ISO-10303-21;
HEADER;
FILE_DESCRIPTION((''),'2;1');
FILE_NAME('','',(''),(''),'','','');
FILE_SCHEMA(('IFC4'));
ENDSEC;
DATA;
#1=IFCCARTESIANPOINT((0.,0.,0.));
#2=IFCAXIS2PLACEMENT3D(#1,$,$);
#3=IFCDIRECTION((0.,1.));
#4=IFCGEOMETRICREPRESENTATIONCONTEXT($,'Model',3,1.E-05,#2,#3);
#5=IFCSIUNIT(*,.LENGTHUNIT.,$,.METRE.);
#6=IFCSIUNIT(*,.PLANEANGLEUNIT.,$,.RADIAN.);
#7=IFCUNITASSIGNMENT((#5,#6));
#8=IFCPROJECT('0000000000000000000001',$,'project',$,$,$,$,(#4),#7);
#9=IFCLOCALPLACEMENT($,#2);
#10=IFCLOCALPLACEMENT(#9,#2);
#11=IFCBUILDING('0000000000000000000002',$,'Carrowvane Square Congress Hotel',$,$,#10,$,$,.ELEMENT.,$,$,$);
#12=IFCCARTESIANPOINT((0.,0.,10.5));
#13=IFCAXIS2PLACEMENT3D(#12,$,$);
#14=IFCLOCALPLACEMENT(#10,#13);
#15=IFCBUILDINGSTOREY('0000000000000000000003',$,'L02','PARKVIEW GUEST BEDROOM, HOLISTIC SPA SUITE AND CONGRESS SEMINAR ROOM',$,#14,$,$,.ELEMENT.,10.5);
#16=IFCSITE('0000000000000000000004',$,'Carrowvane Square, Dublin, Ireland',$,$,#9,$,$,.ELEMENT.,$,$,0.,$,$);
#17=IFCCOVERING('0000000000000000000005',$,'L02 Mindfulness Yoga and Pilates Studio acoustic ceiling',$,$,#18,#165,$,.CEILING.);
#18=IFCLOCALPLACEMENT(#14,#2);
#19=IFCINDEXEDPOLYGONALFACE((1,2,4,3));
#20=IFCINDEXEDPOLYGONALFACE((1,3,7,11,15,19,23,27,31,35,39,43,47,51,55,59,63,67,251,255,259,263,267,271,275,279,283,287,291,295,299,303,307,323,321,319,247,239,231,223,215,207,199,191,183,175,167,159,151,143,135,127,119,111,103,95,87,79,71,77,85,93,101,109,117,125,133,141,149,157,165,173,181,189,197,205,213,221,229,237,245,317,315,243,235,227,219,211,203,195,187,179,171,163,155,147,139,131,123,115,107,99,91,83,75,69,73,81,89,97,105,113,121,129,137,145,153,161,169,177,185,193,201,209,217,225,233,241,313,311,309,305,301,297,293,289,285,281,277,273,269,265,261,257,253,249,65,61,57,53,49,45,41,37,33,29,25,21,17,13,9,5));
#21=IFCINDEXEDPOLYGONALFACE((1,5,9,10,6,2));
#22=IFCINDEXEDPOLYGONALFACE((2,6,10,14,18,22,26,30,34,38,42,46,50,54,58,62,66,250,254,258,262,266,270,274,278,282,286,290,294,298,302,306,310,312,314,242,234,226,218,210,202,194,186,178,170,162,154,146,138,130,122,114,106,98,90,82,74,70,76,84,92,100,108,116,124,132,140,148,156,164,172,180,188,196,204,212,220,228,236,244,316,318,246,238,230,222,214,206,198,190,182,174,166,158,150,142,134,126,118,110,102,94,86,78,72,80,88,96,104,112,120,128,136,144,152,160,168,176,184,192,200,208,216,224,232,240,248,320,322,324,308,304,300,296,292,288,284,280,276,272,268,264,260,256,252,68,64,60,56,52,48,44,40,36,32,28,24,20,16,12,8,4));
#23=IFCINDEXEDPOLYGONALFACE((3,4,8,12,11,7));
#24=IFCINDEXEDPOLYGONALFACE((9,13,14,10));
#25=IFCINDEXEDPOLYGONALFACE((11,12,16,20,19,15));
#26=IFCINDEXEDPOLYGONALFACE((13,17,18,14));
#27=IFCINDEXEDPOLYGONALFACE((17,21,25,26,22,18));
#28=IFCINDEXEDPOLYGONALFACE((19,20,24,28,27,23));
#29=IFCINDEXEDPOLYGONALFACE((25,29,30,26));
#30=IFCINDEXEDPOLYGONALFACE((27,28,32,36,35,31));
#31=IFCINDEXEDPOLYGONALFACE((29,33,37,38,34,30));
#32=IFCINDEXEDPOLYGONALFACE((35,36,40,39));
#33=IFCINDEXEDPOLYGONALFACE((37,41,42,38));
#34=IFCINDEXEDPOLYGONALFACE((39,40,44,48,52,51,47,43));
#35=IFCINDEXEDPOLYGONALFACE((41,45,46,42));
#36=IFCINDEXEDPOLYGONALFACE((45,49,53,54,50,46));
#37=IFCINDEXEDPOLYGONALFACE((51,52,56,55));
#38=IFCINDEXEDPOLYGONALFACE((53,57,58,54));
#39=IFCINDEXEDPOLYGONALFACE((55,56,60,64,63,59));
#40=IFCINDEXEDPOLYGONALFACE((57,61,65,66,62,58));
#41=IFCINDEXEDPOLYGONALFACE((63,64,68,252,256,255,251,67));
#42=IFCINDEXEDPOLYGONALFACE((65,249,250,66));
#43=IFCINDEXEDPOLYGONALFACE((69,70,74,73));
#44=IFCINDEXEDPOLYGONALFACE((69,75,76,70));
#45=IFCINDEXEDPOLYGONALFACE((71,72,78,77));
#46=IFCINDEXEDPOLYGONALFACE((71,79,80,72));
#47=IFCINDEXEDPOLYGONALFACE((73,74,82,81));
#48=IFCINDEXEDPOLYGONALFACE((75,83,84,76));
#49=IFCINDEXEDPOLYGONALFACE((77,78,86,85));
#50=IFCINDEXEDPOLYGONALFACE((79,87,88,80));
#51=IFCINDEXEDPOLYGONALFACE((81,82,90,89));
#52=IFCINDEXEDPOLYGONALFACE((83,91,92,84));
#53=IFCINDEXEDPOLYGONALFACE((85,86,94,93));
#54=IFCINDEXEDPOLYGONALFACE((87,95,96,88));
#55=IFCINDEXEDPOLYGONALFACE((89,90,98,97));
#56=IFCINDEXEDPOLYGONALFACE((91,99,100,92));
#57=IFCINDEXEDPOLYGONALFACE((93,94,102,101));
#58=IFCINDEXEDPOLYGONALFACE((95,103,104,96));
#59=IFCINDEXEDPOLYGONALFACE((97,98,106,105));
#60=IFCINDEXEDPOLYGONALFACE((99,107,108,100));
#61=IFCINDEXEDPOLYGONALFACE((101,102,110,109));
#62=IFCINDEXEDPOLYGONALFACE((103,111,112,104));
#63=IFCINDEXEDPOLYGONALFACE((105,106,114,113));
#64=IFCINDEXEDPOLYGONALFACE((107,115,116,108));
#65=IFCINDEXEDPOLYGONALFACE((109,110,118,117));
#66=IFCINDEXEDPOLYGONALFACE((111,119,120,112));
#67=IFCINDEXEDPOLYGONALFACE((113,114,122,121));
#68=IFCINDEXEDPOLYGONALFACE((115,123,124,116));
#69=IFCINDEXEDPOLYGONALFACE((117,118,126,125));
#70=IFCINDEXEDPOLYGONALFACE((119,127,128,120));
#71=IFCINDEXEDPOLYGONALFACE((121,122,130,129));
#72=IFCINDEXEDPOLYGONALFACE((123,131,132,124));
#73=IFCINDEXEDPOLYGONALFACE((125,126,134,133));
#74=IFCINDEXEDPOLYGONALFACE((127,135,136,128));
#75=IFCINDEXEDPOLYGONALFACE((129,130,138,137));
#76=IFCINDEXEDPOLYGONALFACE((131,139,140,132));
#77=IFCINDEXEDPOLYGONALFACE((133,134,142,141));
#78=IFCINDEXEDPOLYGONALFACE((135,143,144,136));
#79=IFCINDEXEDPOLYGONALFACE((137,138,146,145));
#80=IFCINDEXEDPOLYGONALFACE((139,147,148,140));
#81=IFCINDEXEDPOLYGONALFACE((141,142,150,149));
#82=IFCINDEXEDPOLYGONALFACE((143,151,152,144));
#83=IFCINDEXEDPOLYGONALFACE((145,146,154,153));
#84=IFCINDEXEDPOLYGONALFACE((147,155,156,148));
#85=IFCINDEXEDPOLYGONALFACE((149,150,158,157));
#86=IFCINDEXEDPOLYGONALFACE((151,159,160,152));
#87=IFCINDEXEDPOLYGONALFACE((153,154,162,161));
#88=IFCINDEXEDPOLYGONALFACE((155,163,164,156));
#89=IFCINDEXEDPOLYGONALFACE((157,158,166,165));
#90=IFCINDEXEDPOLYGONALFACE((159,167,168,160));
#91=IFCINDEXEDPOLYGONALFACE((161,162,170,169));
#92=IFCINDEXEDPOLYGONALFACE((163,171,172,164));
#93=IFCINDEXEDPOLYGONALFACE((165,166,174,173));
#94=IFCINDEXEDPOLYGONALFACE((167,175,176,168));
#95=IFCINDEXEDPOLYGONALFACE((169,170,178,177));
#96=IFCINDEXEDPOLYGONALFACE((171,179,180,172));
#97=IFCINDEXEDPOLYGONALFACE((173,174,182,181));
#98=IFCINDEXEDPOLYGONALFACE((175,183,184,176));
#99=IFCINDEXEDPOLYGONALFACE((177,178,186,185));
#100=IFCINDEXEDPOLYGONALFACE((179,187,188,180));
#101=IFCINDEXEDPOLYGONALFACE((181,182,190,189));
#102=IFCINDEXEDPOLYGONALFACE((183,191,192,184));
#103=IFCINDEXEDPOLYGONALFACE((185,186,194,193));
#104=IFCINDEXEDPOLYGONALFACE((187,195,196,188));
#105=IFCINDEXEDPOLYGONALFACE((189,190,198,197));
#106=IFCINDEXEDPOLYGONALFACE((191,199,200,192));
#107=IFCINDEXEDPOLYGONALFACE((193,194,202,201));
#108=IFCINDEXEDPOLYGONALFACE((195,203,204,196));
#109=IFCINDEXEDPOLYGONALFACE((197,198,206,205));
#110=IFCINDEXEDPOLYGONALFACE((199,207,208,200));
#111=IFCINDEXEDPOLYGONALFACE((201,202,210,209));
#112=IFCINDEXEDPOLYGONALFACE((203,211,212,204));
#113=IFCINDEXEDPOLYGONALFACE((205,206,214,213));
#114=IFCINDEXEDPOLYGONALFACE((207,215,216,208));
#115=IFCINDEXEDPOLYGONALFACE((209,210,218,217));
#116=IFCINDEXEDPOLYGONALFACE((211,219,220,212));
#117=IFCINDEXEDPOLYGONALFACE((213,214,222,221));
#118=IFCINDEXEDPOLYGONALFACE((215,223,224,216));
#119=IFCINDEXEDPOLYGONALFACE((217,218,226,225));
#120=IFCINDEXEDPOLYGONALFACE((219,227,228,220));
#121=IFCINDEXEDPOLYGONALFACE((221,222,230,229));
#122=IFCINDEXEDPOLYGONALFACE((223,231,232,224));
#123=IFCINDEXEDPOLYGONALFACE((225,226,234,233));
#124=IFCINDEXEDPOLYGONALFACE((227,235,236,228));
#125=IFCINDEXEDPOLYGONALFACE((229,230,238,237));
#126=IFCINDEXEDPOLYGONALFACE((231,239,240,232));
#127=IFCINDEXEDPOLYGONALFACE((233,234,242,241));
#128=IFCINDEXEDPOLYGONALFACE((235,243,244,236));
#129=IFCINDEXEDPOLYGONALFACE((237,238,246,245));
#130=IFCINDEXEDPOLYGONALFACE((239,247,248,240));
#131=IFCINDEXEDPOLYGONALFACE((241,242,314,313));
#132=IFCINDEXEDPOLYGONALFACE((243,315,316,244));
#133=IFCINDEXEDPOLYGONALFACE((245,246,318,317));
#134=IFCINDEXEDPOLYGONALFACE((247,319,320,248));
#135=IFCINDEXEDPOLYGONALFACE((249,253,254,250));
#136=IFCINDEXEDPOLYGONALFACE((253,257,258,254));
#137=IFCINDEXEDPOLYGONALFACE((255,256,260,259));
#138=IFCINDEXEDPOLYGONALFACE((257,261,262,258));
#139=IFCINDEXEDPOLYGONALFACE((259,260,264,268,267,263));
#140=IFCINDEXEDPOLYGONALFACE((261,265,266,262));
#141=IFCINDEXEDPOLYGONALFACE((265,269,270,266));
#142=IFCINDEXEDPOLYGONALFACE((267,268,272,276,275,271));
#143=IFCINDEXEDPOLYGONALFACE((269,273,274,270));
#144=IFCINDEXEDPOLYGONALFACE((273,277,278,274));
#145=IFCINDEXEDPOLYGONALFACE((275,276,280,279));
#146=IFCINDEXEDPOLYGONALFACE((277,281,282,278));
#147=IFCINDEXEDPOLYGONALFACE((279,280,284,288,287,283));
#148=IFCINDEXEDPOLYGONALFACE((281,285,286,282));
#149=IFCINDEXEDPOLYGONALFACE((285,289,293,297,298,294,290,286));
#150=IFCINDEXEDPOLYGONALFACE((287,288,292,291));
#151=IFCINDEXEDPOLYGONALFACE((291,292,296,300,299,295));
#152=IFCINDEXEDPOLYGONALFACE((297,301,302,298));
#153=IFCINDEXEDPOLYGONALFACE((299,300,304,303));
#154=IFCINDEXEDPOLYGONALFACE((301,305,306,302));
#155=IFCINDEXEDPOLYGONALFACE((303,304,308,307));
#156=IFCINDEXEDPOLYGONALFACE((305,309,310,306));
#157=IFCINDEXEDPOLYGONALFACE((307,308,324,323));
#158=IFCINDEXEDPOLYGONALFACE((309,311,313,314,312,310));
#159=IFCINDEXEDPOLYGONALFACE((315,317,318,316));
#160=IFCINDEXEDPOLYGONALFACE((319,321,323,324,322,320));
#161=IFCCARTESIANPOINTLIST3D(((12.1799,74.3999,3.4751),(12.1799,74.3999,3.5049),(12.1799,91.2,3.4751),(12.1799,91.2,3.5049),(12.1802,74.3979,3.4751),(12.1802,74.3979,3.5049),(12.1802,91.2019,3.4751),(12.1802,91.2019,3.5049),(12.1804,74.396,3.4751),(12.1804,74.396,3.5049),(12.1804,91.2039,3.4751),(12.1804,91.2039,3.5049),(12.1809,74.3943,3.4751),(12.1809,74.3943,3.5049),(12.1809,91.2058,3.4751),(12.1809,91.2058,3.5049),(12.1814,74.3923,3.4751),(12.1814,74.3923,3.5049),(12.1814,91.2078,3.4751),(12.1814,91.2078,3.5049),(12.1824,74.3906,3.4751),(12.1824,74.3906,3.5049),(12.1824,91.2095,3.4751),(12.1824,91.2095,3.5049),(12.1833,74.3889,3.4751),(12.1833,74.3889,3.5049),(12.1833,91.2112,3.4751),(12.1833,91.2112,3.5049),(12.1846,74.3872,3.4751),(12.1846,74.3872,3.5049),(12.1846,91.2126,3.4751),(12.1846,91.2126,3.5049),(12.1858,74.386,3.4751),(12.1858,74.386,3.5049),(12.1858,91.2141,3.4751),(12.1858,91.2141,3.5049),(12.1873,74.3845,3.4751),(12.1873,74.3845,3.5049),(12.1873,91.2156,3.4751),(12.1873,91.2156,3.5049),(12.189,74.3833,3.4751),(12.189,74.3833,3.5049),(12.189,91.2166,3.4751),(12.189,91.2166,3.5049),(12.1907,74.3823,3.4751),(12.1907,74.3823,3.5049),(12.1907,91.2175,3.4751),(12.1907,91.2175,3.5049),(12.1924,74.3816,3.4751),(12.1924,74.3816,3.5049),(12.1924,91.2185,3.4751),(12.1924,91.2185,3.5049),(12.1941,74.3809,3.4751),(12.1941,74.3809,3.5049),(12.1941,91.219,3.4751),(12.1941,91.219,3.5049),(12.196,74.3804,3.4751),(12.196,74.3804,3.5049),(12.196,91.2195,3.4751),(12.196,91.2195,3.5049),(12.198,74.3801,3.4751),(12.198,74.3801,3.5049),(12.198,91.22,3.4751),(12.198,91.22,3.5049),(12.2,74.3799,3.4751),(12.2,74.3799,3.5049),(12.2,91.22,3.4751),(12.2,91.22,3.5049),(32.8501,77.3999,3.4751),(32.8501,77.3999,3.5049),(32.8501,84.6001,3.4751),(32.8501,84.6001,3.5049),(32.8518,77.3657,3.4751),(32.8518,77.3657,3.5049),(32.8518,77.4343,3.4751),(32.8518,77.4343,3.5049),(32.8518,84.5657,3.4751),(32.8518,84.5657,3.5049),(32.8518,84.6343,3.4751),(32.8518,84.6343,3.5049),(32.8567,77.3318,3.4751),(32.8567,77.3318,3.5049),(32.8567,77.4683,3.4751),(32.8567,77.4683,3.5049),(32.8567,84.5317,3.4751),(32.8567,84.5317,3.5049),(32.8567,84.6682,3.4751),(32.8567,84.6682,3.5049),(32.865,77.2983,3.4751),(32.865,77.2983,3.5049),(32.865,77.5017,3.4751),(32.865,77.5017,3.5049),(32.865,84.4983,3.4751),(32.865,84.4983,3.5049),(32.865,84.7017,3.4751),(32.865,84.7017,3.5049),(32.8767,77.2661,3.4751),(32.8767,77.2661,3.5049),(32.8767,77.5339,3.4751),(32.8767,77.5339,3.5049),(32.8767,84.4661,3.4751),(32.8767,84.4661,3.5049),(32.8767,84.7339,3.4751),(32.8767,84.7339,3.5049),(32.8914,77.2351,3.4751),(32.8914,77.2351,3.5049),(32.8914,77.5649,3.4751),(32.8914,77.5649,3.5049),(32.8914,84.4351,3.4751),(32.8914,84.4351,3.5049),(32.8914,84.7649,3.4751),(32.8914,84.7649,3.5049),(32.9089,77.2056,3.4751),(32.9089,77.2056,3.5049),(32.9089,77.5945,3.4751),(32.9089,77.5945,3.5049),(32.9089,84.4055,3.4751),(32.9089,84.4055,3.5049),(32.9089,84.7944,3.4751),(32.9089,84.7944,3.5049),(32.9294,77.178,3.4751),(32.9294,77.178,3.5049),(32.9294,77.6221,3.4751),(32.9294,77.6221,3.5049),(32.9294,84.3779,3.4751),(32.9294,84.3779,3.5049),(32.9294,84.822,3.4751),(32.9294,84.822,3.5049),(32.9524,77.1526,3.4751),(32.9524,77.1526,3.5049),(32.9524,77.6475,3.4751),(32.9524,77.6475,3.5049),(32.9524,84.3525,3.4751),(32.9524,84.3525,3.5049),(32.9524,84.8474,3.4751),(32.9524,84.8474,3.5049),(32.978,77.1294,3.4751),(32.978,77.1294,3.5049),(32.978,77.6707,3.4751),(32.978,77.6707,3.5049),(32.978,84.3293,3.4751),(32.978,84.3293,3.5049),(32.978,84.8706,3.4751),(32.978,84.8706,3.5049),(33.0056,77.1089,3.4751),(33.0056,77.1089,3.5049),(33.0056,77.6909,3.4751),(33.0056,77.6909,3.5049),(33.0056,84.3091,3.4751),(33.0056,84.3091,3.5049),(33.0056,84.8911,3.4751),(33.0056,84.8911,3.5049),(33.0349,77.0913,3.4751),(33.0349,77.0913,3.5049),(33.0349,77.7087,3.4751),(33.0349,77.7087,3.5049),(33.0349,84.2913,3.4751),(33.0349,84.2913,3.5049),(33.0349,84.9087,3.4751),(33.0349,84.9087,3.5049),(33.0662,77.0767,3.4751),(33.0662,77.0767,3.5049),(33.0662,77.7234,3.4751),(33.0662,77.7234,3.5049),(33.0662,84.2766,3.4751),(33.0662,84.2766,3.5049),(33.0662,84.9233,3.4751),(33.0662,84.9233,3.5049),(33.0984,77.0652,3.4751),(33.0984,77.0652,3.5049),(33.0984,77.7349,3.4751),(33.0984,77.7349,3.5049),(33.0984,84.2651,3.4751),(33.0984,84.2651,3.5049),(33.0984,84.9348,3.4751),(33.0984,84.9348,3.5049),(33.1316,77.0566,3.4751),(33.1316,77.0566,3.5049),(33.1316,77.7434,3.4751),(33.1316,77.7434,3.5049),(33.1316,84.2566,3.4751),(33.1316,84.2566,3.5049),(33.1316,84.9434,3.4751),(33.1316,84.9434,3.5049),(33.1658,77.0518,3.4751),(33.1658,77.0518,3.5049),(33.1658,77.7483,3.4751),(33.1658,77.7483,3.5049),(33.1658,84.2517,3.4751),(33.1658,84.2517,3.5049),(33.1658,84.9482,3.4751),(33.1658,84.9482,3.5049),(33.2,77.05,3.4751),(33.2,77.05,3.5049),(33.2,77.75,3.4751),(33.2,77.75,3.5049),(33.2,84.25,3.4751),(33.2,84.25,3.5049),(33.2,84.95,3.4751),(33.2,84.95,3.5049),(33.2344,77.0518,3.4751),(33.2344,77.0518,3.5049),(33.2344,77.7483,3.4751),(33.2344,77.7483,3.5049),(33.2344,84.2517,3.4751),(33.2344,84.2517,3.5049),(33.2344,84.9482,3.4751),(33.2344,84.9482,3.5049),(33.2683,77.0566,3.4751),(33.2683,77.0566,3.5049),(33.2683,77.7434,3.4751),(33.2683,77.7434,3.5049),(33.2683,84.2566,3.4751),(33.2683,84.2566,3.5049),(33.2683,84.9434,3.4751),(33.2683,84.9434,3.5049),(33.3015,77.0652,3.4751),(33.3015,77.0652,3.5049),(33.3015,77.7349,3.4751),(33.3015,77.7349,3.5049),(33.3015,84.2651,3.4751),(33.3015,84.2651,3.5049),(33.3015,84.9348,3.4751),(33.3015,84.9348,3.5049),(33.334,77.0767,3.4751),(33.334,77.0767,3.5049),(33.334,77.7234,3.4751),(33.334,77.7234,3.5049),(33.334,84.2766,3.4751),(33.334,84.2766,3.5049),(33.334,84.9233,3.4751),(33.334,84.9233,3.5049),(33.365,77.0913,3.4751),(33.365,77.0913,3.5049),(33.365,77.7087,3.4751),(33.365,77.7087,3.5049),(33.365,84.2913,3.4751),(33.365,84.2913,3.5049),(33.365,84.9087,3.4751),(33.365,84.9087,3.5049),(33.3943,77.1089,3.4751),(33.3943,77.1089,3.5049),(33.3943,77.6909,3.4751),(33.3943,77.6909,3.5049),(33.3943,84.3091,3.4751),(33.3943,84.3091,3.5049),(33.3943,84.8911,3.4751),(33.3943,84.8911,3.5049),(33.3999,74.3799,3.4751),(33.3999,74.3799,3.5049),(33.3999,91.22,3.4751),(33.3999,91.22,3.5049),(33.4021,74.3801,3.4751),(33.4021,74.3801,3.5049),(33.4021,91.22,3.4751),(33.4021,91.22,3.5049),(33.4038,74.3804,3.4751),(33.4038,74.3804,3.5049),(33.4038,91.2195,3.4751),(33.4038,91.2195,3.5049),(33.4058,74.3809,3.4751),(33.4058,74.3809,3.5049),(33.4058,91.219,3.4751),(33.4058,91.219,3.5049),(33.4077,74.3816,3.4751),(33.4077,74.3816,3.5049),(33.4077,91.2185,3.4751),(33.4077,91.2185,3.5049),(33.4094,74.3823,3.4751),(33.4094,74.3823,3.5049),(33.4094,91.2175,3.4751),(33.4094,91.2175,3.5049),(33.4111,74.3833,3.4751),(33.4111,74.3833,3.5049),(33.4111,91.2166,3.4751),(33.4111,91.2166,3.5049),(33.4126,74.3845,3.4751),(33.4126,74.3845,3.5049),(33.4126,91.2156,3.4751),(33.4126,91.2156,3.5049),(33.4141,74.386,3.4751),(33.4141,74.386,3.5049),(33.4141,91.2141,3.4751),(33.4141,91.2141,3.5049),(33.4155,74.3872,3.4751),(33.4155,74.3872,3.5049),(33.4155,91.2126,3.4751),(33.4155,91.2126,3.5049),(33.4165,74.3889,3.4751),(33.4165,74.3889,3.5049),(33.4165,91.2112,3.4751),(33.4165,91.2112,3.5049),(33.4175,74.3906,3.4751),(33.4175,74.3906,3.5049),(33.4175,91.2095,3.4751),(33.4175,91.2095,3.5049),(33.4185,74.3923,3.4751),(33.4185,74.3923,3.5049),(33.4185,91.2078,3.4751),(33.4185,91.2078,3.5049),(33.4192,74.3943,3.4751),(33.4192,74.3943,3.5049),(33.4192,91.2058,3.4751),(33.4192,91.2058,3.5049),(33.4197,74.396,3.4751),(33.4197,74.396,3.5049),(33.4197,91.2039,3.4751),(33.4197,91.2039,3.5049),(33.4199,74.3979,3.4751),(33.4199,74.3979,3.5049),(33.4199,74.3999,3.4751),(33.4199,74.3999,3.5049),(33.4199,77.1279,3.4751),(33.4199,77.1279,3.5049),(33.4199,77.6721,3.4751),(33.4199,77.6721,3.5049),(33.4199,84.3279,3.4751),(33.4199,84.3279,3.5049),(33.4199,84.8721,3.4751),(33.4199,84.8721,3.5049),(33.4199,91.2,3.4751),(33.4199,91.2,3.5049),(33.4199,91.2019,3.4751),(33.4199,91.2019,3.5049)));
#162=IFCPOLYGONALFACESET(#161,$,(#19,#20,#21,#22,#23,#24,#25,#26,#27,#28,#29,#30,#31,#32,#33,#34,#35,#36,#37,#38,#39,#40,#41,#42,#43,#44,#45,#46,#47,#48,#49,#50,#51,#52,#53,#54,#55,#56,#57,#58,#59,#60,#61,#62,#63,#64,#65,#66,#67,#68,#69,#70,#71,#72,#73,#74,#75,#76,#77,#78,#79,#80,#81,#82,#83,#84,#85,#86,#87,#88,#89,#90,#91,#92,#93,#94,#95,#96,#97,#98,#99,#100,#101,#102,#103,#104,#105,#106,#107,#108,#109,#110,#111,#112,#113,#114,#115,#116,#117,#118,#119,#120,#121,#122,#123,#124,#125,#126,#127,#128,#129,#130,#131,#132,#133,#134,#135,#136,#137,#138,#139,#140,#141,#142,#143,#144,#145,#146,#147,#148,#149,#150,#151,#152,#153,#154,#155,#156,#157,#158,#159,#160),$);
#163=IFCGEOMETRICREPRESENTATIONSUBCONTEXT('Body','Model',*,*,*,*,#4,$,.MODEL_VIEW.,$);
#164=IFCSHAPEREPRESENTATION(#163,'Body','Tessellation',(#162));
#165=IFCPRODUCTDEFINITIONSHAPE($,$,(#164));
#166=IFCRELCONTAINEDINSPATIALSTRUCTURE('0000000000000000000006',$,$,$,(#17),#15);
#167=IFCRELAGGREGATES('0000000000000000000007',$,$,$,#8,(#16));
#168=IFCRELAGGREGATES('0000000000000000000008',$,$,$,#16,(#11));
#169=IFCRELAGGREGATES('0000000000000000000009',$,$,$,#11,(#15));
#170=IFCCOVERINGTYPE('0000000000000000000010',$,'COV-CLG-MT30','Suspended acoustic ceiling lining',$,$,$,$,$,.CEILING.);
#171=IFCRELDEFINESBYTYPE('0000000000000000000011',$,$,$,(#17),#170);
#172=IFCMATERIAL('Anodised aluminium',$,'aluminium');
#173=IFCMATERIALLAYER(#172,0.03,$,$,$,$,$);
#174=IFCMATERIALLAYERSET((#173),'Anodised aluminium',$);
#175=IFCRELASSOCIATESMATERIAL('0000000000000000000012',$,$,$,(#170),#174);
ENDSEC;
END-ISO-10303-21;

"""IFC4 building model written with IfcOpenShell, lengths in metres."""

from ifc_helpers import new_model, si_unit, direction, frame, origin, place, context, subcontext, project, spatial, polyline, outline, extrude, material, layer, layer_set, type_object, element, save


model = new_model("IFC4")

# Units and contexts
model_context = context("Model", 3, precision=1e-05, world=origin(), true_north=direction((0.0, 1.0)))
body_context = subcontext(model_context, "Body", "Model", "MODEL_VIEW")
ifc_project = project(units=[si_unit("LENGTHUNIT", "METRE"), si_unit("PLANEANGLEUNIT", "RADIAN")], contexts=[model_context])

# Site, building, storey
site_placement = place(None, origin())
site = spatial("IfcSite", under=ifc_project, at=site_placement, Name="Carrowvane Square, Dublin, Ireland", CompositionType="ELEMENT", RefElevation=0.0)
building_placement = place(site_placement, origin())
building = spatial("IfcBuilding", under=site, at=building_placement, Name="Carrowvane Square Congress Hotel", CompositionType="ELEMENT")
storey_placement = place(building_placement, frame((0.0, 0.0, 10.5)))
storey = spatial("IfcBuildingStorey", under=building, at=storey_placement, Name="L02", Description="PARKVIEW GUEST BEDROOM, HOLISTIC SPA SUITE AND CONGRESS SEMINAR ROOM", CompositionType="ELEMENT", Elevation=10.5)

# Covering
ifc_material_1 = material(Name="Anodised aluminium", Category="aluminium")
ifc_layer_1 = layer(ifc_material_1, 0.03)
ifc_layer_set_1 = layer_set([ifc_layer_1], Name="Anodised aluminium")
covering_type_1 = type_object("IfcCoveringType", Name="COV-CLG-MT30", Description="Suspended acoustic ceiling lining", PredefinedType="CEILING", material=ifc_layer_set_1)
covering_1_placement = place(storey_placement, frame((0.0, 0.0, 3.4751)))
element("IfcCovering", 1, at=covering_1_placement, inside=storey, type_object=covering_type_1, Name="L02 Mindfulness Yoga and Pilates Studio acoustic ceiling", PredefinedType="CEILING", context=body_context, shape_type="SweptSolid", body=[
    extrude(outline(polyline([(33.3015, 84.2651), (33.334, 84.2766), (33.365, 84.2913), (33.3943, 84.3091), (33.4199, 84.3279), (33.4199, 77.6721), (33.3943, 77.6909), (33.365, 77.7087), (33.334, 77.7234), (33.3015, 77.7349), (33.2683, 77.7434), (33.2344, 77.7483), (33.2, 77.75), (33.1658, 77.7483), (33.1316, 77.7434), (33.0984, 77.7349), (33.0662, 77.7234), (33.0349, 77.7087), (33.0056, 77.6909), (32.978, 77.6707), (32.9524, 77.6475), (32.9294, 77.6221), (32.9089, 77.5945), (32.8914, 77.5649), (32.8767, 77.5339), (32.865, 77.5017), (32.8567, 77.4683), (32.8518, 77.4343), (32.8501, 77.3999), (32.8518, 77.3657), (32.8567, 77.3318), (32.865, 77.2983), (32.8767, 77.2661), (32.8914, 77.2351), (32.9089, 77.2056), (32.9294, 77.178), (32.9524, 77.1526), (32.978, 77.1294), (33.0056, 77.1089), (33.0349, 77.0913), (33.0662, 77.0767), (33.0984, 77.0652), (33.1316, 77.0566), (33.1658, 77.0518), (33.2, 77.05), (33.2344, 77.0518), (33.2683, 77.0566), (33.3015, 77.0652), (33.334, 77.0767), (33.365, 77.0913), (33.3943, 77.1089), (33.4199, 77.1279), (33.4199, 74.3999), (33.4199, 74.3979), (33.4197, 74.396), (33.4192, 74.3943), (33.4185, 74.3923), (33.4175, 74.3906), (33.4165, 74.3889), (33.4155, 74.3872), (33.4141, 74.386), (33.4126, 74.3845), (33.4111, 74.3833), (33.4094, 74.3823), (33.4077, 74.3816), (33.4058, 74.3809), (33.4038, 74.3804), (33.4021, 74.3801), (33.3999, 74.3799), (12.2, 74.3799), (12.198, 74.3801), (12.196, 74.3804), (12.1941, 74.3809), (12.1924, 74.3816), (12.1907, 74.3823), (12.189, 74.3833), (12.1873, 74.3845), (12.1858, 74.386), (12.1846, 74.3872), (12.1833, 74.3889), (12.1824, 74.3906), (12.1814, 74.3923), (12.1809, 74.3943), (12.1804, 74.396), (12.1802, 74.3979), (12.1799, 74.3999), (12.1799, 91.2), (12.1802, 91.2019), (12.1804, 91.2039), (12.1809, 91.2058), (12.1814, 91.2078), (12.1824, 91.2095), (12.1833, 91.2112), (12.1846, 91.2126), (12.1858, 91.2141), (12.1873, 91.2156), (12.189, 91.2166), (12.1907, 91.2175), (12.1924, 91.2185), (12.1941, 91.219), (12.196, 91.2195), (12.198, 91.22), (12.2, 91.22), (33.3999, 91.22), (33.4021, 91.22), (33.4038, 91.2195), (33.4058, 91.219), (33.4077, 91.2185), (33.4094, 91.2175), (33.4111, 91.2166), (33.4126, 91.2156), (33.4141, 91.2141), (33.4155, 91.2126), (33.4165, 91.2112), (33.4175, 91.2095), (33.4185, 91.2078), (33.4192, 91.2058), (33.4197, 91.2039), (33.4199, 91.2019), (33.4199, 91.2), (33.4199, 84.8721), (33.3943, 84.8911), (33.365, 84.9087), (33.334, 84.9233), (33.3015, 84.9348), (33.2683, 84.9434), (33.2344, 84.9482), (33.2, 84.95), (33.1658, 84.9482), (33.1316, 84.9434), (33.0984, 84.9348), (33.0662, 84.9233), (33.0349, 84.9087), (33.0056, 84.8911), (32.978, 84.8706), (32.9524, 84.8474), (32.9294, 84.822), (32.9089, 84.7944), (32.8914, 84.7649), (32.8767, 84.7339), (32.865, 84.7017), (32.8567, 84.6682), (32.8518, 84.6343), (32.8501, 84.6001), (32.8518, 84.5657), (32.8567, 84.5317), (32.865, 84.4983), (32.8767, 84.4661), (32.8914, 84.4351), (32.9089, 84.4055), (32.9294, 84.3779), (32.9524, 84.3525), (32.978, 84.3293), (33.0056, 84.3091), (33.0349, 84.2913), (33.0662, 84.2766), (33.0984, 84.2651), (33.1316, 84.2566), (33.1658, 84.2517), (33.2, 84.25), (33.2344, 84.2517), (33.2683, 84.2566), (33.3015, 84.2651)])), origin(), (0.0, 0.0, 1.0), 0.0298),
])

save(model, "model.ifc")
